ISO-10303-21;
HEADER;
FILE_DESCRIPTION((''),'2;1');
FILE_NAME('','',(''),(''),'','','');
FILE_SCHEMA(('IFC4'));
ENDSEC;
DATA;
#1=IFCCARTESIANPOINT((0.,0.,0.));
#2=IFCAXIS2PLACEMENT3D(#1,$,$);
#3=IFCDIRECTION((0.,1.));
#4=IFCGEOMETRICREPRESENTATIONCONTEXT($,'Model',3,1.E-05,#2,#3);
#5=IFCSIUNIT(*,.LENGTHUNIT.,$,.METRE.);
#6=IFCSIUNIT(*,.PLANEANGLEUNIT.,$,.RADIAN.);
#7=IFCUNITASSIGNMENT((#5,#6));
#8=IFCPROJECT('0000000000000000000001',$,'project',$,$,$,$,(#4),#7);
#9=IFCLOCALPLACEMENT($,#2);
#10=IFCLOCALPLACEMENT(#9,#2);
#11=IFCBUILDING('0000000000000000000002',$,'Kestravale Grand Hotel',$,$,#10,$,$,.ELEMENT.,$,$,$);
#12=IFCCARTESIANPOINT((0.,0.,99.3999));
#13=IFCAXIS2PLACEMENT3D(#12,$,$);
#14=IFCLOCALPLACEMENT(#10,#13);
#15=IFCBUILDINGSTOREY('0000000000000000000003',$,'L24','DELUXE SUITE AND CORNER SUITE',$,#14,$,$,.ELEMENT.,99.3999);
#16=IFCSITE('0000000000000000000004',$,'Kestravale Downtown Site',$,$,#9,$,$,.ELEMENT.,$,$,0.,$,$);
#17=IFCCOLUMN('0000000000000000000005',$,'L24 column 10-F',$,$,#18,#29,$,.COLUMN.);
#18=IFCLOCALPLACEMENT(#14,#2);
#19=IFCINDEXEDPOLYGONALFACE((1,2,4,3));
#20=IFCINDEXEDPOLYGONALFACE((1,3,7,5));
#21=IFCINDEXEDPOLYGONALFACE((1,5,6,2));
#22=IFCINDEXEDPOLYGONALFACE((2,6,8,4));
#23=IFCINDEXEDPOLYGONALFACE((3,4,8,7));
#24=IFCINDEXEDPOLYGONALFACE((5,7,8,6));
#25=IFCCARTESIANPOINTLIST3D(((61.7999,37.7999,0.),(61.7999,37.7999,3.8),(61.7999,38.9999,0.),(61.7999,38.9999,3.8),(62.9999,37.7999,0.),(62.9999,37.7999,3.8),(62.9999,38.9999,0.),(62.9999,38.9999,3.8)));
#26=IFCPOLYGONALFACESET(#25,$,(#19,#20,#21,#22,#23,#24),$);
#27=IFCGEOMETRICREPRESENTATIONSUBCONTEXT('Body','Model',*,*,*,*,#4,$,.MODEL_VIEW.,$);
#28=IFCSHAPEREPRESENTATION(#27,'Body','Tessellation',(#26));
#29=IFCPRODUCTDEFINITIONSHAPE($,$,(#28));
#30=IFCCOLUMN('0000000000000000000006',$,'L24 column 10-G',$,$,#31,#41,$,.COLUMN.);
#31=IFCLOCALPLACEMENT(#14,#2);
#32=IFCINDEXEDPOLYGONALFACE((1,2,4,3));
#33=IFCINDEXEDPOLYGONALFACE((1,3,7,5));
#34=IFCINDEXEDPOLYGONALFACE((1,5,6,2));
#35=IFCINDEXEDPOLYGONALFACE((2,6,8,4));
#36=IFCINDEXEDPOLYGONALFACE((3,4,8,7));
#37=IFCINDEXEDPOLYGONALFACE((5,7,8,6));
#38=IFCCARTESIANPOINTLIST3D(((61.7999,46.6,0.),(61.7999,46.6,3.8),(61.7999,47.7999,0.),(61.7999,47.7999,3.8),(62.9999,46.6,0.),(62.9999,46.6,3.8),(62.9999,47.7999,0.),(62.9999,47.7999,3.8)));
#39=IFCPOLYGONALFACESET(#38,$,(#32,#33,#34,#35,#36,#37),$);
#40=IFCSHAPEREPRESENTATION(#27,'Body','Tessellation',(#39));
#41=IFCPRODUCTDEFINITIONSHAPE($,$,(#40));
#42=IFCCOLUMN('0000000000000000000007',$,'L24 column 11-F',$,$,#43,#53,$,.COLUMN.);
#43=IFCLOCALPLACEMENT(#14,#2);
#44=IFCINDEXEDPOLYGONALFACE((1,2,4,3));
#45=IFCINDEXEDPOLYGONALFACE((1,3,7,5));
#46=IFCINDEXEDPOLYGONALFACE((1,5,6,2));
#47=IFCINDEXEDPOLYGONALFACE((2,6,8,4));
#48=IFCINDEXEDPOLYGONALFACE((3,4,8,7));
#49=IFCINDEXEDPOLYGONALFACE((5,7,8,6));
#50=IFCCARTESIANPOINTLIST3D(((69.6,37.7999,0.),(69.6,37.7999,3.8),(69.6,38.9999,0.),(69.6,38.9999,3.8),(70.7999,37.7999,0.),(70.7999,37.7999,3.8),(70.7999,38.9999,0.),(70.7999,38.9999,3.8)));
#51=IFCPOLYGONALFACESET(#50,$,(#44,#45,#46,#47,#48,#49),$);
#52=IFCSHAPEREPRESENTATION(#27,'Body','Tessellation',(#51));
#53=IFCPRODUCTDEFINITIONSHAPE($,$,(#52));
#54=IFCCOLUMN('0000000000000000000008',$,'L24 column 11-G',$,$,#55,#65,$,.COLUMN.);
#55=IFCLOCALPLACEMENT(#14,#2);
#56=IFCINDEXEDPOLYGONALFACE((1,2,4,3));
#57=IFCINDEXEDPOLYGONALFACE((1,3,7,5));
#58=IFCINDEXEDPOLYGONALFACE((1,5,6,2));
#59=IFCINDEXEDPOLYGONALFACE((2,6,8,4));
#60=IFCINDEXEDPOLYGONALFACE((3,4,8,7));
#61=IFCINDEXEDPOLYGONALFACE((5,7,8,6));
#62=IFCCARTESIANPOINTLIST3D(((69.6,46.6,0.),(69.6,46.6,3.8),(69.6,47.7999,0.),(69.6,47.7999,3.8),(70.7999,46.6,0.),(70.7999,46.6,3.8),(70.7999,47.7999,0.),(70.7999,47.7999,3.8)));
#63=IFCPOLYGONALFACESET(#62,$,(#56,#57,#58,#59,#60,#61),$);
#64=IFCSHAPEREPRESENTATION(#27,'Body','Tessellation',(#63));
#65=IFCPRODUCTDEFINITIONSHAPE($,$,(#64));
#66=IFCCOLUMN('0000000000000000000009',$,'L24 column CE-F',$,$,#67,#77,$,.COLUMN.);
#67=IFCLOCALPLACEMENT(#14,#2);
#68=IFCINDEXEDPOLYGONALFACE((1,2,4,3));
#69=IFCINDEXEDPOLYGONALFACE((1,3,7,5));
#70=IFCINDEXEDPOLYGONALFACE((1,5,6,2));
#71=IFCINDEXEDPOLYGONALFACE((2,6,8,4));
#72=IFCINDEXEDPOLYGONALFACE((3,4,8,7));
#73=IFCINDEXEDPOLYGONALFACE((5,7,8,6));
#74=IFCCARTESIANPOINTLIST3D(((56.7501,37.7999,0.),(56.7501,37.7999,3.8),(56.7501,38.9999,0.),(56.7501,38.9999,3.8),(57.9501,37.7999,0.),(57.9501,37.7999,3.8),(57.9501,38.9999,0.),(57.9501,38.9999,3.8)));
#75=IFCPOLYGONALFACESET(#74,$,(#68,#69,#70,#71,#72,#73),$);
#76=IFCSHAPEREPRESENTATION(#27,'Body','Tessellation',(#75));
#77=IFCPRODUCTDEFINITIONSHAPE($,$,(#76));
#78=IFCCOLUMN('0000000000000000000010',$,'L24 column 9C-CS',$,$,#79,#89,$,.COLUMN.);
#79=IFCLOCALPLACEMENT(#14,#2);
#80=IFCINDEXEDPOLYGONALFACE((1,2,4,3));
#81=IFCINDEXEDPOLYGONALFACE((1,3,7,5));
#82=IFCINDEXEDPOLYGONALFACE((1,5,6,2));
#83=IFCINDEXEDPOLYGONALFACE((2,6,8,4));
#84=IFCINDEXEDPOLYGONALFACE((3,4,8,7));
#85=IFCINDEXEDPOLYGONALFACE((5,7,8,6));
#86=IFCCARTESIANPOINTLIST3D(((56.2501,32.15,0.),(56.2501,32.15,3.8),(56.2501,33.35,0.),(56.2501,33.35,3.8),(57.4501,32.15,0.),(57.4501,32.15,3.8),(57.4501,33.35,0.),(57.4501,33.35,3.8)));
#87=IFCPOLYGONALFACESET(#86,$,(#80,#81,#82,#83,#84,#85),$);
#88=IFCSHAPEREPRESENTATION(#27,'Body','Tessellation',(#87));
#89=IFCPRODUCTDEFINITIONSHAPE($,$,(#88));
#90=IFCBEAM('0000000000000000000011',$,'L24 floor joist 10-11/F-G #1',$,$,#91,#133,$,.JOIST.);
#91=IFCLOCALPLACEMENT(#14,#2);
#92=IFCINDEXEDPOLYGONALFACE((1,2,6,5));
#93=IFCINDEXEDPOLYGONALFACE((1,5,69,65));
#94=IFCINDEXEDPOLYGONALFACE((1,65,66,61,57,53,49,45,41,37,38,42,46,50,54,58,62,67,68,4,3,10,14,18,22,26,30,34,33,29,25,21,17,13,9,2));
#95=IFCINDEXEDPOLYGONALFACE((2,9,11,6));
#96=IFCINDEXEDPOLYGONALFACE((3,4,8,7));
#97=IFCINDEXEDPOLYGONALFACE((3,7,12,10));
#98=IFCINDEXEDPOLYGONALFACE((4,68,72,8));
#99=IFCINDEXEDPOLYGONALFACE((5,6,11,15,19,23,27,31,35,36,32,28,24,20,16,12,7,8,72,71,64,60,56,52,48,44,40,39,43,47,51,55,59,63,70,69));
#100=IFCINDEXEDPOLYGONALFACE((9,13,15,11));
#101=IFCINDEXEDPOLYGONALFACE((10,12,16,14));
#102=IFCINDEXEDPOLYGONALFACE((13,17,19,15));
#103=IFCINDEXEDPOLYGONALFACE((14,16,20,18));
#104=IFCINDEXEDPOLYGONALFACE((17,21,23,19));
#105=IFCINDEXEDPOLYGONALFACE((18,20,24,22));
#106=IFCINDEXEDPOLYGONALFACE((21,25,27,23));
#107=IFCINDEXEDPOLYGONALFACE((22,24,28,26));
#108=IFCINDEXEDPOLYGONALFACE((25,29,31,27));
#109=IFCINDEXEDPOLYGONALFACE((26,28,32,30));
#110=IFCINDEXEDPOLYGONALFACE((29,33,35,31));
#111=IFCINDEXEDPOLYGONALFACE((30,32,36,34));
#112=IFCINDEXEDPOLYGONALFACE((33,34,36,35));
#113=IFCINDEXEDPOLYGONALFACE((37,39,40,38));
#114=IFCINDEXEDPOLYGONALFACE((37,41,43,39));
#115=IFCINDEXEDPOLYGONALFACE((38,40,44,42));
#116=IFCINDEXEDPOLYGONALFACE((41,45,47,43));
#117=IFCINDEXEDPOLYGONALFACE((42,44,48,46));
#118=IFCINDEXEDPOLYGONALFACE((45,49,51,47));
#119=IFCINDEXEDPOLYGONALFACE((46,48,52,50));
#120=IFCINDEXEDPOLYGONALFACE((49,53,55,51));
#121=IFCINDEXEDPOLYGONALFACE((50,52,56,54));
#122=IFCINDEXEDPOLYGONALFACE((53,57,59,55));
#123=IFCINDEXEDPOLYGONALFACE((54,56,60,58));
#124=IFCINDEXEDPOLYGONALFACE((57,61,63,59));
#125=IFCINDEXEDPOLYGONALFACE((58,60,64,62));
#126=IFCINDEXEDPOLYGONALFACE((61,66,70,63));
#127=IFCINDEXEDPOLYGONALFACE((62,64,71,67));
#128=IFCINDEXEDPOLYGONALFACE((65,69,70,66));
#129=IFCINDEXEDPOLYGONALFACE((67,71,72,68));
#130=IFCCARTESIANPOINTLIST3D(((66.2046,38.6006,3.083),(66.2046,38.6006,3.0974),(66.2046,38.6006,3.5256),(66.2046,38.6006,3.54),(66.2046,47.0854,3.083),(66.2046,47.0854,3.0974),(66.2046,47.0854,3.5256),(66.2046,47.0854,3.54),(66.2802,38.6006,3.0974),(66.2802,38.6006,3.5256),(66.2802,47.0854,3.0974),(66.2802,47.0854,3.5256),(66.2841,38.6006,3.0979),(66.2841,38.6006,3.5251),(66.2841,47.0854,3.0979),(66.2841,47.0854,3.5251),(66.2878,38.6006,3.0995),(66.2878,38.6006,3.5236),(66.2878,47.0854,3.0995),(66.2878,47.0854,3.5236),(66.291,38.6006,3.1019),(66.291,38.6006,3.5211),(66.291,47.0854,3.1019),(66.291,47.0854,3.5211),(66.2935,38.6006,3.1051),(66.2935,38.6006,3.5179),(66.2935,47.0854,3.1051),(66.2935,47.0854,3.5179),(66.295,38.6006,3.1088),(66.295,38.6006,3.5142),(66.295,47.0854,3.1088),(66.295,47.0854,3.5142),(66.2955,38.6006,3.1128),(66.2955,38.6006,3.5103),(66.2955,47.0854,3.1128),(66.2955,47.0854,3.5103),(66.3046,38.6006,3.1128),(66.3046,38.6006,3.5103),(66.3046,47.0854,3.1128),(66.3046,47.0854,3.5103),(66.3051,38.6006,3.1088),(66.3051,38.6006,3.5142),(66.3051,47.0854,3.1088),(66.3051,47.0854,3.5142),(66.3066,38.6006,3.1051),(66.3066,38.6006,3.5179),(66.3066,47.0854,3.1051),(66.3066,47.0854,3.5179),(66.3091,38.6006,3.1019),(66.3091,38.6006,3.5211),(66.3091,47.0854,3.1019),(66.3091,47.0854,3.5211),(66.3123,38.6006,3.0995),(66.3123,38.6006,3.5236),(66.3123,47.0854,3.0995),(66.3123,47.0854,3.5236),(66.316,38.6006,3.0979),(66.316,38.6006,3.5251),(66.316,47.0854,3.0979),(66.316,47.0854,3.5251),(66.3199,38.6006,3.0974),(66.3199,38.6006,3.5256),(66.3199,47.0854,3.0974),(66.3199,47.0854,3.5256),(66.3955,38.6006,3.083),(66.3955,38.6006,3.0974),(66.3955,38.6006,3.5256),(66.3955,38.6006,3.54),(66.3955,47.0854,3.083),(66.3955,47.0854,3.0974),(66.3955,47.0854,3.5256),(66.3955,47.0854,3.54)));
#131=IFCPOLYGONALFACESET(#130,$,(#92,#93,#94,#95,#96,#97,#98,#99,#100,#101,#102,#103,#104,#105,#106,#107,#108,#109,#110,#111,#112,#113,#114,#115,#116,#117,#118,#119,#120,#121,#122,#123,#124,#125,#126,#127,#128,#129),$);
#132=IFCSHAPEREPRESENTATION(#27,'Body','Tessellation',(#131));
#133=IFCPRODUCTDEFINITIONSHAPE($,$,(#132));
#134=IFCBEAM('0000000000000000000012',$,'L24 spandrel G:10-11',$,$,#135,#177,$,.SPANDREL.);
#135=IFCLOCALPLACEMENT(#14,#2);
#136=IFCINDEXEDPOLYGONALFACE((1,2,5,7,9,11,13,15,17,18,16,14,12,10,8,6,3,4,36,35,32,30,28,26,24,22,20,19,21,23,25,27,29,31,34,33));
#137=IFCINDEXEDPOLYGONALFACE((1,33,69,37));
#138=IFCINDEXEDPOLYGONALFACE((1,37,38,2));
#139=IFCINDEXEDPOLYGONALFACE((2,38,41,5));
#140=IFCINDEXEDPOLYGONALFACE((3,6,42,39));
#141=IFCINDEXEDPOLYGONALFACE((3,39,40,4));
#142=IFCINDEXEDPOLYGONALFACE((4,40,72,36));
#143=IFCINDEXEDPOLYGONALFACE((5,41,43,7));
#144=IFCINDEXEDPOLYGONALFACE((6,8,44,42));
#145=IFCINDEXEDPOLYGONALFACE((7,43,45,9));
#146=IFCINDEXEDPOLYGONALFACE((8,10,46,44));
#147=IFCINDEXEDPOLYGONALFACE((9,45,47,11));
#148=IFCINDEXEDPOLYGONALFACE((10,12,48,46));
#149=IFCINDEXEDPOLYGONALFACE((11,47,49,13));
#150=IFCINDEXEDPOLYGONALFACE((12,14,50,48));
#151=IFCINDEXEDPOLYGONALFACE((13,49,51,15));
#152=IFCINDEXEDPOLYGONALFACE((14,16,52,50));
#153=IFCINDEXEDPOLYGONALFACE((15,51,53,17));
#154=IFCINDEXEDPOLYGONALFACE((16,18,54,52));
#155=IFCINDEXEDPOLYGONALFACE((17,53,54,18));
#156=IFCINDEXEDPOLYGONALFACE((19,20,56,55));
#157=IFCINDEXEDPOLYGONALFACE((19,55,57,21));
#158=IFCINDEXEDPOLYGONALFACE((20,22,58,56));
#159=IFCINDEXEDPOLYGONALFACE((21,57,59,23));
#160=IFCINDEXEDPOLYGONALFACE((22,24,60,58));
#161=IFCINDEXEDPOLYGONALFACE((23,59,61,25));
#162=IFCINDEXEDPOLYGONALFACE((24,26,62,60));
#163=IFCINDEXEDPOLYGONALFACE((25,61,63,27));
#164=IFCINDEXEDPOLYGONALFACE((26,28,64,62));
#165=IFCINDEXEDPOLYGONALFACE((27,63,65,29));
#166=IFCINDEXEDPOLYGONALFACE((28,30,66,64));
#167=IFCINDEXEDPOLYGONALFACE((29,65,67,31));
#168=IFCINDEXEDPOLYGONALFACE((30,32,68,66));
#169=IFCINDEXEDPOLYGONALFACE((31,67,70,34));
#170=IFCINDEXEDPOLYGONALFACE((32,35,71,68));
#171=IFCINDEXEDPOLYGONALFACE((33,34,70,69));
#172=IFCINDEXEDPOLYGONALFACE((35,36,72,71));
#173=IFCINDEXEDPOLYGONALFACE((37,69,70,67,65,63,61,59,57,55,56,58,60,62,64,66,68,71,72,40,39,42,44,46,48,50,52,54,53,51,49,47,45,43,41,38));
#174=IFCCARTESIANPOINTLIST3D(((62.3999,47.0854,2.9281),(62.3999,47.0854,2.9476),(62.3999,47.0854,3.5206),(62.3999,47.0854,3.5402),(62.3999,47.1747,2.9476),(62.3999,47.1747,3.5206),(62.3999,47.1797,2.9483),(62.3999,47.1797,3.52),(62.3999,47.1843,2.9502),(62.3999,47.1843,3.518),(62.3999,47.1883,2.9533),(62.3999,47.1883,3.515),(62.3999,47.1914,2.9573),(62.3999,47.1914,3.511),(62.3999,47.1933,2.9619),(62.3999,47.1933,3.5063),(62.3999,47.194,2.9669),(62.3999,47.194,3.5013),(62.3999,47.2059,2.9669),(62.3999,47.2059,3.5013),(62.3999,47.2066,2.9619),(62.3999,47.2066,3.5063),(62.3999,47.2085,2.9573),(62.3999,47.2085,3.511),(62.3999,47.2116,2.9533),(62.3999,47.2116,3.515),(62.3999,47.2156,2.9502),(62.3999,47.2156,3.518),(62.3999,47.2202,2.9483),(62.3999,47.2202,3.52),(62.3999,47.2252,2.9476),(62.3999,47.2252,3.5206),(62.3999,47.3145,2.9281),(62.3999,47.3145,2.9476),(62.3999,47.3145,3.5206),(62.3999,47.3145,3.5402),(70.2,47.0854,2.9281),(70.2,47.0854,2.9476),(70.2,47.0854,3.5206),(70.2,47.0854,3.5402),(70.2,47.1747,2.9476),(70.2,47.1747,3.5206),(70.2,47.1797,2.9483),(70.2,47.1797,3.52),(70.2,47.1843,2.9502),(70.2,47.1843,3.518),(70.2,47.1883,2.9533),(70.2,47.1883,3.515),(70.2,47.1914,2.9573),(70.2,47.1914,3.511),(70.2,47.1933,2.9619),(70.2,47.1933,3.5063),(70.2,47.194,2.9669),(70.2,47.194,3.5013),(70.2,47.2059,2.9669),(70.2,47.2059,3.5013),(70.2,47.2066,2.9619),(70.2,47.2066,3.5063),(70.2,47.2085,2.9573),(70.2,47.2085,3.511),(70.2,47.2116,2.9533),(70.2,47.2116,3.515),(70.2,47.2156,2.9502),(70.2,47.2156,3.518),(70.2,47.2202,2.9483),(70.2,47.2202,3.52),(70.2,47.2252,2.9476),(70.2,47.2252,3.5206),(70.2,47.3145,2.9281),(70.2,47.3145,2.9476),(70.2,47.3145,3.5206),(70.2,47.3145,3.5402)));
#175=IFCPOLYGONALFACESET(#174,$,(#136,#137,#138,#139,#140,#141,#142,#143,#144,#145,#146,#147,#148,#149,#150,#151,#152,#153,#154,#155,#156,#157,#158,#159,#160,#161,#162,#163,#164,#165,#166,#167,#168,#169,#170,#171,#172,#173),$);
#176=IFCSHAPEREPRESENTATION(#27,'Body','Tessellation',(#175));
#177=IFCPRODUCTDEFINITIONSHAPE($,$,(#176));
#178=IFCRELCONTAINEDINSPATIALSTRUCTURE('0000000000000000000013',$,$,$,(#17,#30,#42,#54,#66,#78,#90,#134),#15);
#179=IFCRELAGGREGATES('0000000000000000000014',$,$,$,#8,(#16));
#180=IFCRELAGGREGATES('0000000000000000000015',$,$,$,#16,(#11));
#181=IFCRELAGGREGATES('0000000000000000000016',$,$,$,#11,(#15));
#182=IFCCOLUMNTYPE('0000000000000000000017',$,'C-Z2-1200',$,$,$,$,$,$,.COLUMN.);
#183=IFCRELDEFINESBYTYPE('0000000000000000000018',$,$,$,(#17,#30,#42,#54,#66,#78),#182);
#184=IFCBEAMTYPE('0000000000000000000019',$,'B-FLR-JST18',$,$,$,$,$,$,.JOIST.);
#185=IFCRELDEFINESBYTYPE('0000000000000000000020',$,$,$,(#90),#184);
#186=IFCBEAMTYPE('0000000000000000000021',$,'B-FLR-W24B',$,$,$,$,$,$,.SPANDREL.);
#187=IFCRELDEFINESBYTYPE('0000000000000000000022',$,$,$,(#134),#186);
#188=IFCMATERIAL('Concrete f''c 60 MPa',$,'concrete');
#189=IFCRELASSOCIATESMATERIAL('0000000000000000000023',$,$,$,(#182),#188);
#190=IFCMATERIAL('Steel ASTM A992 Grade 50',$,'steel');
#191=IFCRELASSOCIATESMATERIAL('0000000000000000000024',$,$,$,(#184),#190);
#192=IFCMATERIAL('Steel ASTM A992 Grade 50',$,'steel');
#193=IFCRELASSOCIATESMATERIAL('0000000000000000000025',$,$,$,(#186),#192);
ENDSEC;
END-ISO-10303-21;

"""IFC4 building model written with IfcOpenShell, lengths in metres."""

from ifc_helpers import new_model, si_unit, direction, frame, origin, origin_2d, place, context, subcontext, project, spatial, rectangle, i_section, extrude, material, material_profile, profile_set, type_object, element, save


model = new_model("IFC4")

# Units and contexts
model_context = context("Model", 3, precision=1e-05, world=origin(), true_north=direction((0.0, 1.0)))
body_context = subcontext(model_context, "Body", "Model", "MODEL_VIEW")
ifc_project = project(units=[si_unit("LENGTHUNIT", "METRE"), si_unit("PLANEANGLEUNIT", "RADIAN")], contexts=[model_context])

# Site, building, storey
site_placement = place(None, origin())
site = spatial("IfcSite", under=ifc_project, at=site_placement, Name="Kestravale Downtown Site", CompositionType="ELEMENT", RefElevation=0.0)
building_placement = place(site_placement, origin())
building = spatial("IfcBuilding", under=site, at=building_placement, Name="Kestravale Grand Hotel", CompositionType="ELEMENT")
storey_placement = place(building_placement, frame((0.0, 0.0, 99.3999)))
storey = spatial("IfcBuildingStorey", under=building, at=storey_placement, Name="L24", Description="DELUXE SUITE AND CORNER SUITE", CompositionType="ELEMENT", Elevation=99.3999)

# Columns
ifc_material_1 = material(Name="Concrete f'c 60 MPa", Category="concrete")
ifc_material_profile_1 = material_profile(ifc_material_1, rectangle(XDim=1.2, YDim=1.2, at=origin_2d()))
ifc_profile_set_1 = profile_set([ifc_material_profile_1], Name="Concrete f'c 60 MPa")
column_type = type_object("IfcColumnType", Name="C-Z2-1200", PredefinedType="COLUMN", material=ifc_profile_set_1)
for number, where, z_axis, x_axis, name in (
    (1, (62.3999, 38.3999, 0.0), (0.0, 0.0, 1.0), (1.0, 0.0, 0.0), "L24 column 10-F"),
    (2, (62.3999, 47.2, 0.0), (0.0, 0.0, 1.0), (1.0, 0.0, 0.0), "L24 column 10-G"),
    (3, (70.2, 38.3999, 0.0), (0.0, 0.0, 1.0), (1.0, 0.0, 0.0), "L24 column 11-F"),
    (4, (70.2, 47.2, 0.0), (0.0, 0.0, 1.0), (1.0, 0.0, 0.0), "L24 column 11-G"),
    (5, (57.3501, 38.3999, 0.0), (0.0, 0.0, 1.0), (1.0, 0.0, 0.0), "L24 column CE-F"),
    (6, (56.8501, 32.75, 0.0), (0.0, 0.0, 1.0), (1.0, 0.0, 0.0), "L24 column 9C-CS"),
):
    element("IfcColumn", number, at=place(storey_placement, frame(where, z_axis=z_axis, x_axis=x_axis)), inside=storey, type_object=column_type, Name=name, PredefinedType="COLUMN", context=body_context, shape_type="SweptSolid", body=[
        extrude(rectangle(XDim=1.2, YDim=1.2, at=origin_2d()), origin(), (0.0, 0.0, 1.0), 3.8),
    ])

# Beams
ifc_material_2 = material(Name="Steel ASTM A992 Grade 50", Category="steel")
ifc_material_profile_2 = material_profile(ifc_material_2, i_section(OverallWidth=0.1909, OverallDepth=0.457, WebThickness=0.009, FlangeThickness=0.0144, FilletRadius=0.0154, at=origin_2d()))
ifc_profile_set_2 = profile_set([ifc_material_profile_2], Name="Steel ASTM A992 Grade 50")
beam_type_1 = type_object("IfcBeamType", Name="B-FLR-JST18", PredefinedType="JOIST", material=ifc_profile_set_2)
beam_1_placement = place(storey_placement, frame((66.3, 38.6006, 3.3115), z_axis=(0.0, 1.0, 0.0), x_axis=(-1.0, 0.0, 0.0)))
element("IfcBeam", 7, at=beam_1_placement, inside=storey, type_object=beam_type_1, Name="L24 floor joist 10-11/F-G #1", PredefinedType="JOIST", context=body_context, shape_type="SweptSolid", body=[
    extrude(i_section(OverallWidth=0.1909, OverallDepth=0.457, WebThickness=0.009, FlangeThickness=0.0144, FilletRadius=0.0154, at=origin_2d()), origin(), (0.0, 0.0, 1.0), 8.4849),
])
ifc_material_3 = material(Name="Steel ASTM A992 Grade 50", Category="steel")
ifc_material_profile_3 = material_profile(ifc_material_3, i_section(OverallWidth=0.229, OverallDepth=0.6121, WebThickness=0.012, FlangeThickness=0.0195, FilletRadius=0.0193, at=origin_2d()))
ifc_profile_set_3 = profile_set([ifc_material_profile_3], Name="Steel ASTM A992 Grade 50")
beam_type_2 = type_object("IfcBeamType", Name="B-FLR-W24B", PredefinedType="SPANDREL", material=ifc_profile_set_3)
beam_2_placement = place(storey_placement, frame((62.3999, 47.2, 3.2341), z_axis=(1.0, 0.0, 0.0), x_axis=(0.0, 1.0, 0.0)))
element("IfcBeam", 8, at=beam_2_placement, inside=storey, type_object=beam_type_2, Name="L24 spandrel G:10-11", PredefinedType="SPANDREL", context=body_context, shape_type="SweptSolid", body=[
    extrude(i_section(OverallWidth=0.229, OverallDepth=0.6121, WebThickness=0.012, FlangeThickness=0.0195, FilletRadius=0.0193, at=origin_2d()), origin(), (0.0, 0.0, 1.0), 7.8),
])

save(model, "model.ifc")
